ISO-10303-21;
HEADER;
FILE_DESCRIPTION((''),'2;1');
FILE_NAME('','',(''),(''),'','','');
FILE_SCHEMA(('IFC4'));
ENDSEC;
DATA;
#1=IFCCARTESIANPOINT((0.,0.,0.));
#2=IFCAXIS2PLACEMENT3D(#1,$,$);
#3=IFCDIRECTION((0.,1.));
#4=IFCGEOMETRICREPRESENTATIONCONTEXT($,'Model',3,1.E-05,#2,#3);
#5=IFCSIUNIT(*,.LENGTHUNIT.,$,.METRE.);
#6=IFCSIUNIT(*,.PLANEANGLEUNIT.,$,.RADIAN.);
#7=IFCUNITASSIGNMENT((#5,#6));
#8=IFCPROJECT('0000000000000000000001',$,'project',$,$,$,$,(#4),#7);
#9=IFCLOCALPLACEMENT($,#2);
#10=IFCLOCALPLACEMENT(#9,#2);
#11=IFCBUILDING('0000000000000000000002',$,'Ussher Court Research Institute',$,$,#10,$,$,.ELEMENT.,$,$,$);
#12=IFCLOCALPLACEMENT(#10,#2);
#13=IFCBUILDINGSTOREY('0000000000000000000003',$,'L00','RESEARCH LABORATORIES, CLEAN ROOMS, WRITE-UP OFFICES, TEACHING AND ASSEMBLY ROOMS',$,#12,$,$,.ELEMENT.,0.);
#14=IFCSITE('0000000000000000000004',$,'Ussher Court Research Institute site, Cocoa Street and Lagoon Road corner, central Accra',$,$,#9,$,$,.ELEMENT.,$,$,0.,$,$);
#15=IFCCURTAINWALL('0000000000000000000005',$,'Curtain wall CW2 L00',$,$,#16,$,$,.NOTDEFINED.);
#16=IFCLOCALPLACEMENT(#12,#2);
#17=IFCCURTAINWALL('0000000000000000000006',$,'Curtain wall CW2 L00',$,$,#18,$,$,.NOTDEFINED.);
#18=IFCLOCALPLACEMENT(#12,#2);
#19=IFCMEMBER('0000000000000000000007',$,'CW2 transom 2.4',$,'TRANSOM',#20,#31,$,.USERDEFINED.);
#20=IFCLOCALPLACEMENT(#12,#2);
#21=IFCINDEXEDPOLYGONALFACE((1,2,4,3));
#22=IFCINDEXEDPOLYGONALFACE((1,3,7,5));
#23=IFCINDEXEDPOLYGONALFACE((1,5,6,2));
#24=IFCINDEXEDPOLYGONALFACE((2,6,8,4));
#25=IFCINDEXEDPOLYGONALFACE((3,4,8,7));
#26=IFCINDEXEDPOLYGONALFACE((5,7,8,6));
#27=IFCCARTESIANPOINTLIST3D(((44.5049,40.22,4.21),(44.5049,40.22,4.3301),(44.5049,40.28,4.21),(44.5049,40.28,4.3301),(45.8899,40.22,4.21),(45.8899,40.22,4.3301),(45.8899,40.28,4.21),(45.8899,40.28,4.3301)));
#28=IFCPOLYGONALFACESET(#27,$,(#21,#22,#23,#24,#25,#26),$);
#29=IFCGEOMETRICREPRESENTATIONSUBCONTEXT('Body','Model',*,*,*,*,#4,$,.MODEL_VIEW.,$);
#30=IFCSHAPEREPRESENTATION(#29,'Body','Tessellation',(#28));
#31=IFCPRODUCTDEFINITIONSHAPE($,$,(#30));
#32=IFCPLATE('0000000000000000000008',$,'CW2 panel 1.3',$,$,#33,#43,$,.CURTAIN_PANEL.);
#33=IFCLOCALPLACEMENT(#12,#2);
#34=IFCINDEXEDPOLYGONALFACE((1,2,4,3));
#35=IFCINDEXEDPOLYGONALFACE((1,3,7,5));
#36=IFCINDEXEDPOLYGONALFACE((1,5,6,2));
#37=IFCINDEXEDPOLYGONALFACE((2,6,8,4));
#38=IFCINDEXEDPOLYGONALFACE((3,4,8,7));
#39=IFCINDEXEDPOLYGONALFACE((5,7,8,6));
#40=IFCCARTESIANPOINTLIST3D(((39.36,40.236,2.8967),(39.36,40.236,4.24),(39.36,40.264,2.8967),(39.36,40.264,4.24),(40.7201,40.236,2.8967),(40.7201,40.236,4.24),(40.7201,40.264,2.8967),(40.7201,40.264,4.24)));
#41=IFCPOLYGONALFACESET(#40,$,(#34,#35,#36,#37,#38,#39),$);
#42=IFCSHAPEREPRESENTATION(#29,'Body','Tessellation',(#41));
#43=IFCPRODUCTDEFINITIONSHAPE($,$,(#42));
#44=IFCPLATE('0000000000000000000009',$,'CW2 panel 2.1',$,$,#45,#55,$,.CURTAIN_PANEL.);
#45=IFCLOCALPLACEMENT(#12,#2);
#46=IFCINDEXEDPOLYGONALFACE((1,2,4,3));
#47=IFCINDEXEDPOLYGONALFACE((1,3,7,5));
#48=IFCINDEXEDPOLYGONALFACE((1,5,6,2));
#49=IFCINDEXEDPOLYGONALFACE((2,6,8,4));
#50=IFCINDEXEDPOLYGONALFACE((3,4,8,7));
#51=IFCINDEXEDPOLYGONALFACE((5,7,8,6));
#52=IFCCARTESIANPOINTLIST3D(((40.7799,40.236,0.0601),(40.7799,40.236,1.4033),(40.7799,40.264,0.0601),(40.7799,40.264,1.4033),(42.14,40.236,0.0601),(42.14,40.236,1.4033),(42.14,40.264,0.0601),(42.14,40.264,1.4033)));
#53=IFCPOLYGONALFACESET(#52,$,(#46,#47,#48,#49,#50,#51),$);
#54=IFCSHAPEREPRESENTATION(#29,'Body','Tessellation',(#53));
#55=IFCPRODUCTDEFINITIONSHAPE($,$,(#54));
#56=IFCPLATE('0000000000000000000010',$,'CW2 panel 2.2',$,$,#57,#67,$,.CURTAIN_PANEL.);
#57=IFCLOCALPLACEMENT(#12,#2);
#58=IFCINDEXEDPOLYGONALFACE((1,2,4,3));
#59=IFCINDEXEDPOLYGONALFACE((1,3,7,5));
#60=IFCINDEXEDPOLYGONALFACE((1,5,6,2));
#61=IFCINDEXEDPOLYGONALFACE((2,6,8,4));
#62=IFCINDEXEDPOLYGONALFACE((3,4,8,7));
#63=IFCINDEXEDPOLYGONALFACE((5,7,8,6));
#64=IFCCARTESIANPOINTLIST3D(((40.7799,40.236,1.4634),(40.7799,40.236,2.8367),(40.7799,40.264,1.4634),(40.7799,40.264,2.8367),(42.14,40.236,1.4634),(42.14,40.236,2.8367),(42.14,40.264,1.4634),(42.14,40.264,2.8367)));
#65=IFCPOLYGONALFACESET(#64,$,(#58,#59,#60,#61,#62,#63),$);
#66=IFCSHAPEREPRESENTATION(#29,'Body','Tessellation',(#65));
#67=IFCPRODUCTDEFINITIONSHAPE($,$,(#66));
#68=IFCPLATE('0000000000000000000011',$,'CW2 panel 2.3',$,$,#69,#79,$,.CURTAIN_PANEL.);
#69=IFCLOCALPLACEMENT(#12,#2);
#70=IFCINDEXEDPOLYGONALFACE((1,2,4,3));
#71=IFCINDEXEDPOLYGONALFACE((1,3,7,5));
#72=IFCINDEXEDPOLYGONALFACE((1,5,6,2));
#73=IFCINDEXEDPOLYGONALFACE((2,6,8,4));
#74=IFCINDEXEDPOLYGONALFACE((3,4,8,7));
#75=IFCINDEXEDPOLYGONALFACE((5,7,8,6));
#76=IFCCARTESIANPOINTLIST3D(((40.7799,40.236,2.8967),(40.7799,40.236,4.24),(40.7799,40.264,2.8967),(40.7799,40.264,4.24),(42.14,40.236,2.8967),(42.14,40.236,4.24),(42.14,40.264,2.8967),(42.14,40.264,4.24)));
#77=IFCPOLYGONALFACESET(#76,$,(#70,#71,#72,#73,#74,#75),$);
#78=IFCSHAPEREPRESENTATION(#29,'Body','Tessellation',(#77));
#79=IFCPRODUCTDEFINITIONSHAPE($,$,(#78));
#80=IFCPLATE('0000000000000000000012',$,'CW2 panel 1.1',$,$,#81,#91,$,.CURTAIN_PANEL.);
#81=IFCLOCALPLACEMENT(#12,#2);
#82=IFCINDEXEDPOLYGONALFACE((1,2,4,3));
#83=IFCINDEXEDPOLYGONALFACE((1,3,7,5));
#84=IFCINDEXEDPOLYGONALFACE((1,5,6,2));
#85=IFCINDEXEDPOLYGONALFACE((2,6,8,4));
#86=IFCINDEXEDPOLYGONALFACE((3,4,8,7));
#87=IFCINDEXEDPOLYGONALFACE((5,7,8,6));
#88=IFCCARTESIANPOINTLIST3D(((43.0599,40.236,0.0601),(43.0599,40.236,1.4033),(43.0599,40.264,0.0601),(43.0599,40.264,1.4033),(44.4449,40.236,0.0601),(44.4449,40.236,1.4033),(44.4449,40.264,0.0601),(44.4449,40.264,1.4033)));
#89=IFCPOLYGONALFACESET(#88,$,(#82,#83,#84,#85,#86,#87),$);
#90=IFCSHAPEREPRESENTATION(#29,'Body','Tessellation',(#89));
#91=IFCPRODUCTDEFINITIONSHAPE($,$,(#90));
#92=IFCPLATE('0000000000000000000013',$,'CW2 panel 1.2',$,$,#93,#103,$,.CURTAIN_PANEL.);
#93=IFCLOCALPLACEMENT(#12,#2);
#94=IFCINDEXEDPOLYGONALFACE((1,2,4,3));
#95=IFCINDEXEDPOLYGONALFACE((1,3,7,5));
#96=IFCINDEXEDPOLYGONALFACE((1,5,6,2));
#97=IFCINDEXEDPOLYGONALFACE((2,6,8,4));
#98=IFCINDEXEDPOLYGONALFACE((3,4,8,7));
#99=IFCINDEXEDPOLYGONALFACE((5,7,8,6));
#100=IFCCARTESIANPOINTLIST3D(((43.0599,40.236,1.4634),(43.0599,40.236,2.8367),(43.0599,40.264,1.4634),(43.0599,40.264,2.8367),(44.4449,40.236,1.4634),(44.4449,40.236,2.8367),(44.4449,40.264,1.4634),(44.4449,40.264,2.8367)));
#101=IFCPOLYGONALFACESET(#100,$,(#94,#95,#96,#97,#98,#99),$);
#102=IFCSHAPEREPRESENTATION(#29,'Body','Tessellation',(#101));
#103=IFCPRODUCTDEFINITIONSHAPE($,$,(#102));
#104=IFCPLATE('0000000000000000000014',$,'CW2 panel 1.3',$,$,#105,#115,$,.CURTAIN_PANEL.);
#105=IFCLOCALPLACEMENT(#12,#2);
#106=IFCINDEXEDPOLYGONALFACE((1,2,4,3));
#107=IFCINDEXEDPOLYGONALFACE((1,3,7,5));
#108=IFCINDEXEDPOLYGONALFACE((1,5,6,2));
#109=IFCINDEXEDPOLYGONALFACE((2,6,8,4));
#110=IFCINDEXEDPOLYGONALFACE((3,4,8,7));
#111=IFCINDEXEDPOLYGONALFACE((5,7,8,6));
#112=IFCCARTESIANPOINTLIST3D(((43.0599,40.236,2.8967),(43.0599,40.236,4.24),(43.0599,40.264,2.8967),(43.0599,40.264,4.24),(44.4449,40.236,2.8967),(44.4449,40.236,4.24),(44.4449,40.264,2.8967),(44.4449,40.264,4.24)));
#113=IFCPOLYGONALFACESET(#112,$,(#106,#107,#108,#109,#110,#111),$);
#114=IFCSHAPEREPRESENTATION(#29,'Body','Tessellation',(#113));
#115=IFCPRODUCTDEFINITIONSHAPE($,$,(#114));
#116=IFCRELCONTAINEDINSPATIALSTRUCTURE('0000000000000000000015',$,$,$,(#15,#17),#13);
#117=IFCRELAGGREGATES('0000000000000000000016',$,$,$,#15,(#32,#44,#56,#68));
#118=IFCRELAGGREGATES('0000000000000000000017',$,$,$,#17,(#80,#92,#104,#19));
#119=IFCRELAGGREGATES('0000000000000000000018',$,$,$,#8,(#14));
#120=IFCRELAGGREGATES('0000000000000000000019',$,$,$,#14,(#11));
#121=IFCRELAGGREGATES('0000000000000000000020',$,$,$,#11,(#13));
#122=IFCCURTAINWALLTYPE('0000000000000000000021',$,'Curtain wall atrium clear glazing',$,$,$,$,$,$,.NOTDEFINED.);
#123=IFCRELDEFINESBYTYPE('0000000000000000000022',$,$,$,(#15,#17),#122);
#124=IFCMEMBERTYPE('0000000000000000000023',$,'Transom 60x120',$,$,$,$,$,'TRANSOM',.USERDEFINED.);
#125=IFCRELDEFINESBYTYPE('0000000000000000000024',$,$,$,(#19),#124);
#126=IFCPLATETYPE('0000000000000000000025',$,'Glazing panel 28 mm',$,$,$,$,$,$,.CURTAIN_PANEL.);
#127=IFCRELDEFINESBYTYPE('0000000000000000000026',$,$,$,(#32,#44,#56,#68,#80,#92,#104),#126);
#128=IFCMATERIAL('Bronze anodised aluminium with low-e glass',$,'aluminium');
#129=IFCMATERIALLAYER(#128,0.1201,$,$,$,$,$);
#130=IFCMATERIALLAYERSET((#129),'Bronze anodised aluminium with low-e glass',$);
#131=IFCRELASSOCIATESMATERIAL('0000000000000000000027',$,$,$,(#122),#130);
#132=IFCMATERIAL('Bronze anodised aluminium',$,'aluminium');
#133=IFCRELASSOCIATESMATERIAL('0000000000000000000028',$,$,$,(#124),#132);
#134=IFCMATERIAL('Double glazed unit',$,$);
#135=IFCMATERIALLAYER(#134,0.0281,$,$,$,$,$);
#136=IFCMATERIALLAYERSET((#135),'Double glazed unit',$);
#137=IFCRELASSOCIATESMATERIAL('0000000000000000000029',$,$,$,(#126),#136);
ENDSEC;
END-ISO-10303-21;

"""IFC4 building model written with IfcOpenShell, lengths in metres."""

from ifc_helpers import new_model, si_unit, direction, frame, origin, origin_2d, place, context, subcontext, project, spatial, rectangle, extrude, material, layer, layer_set, material_profile, profile_set, type_object, element, aggregate, save


model = new_model("IFC4")

# Units and contexts
model_context = context("Model", 3, precision=1e-05, world=origin(), true_north=direction((0.0, 1.0)))
body_context = subcontext(model_context, "Body", "Model", "MODEL_VIEW")
ifc_project = project(units=[si_unit("LENGTHUNIT", "METRE"), si_unit("PLANEANGLEUNIT", "RADIAN")], contexts=[model_context])

# Site, building, storey
site_placement = place(None, origin())
site = spatial("IfcSite", under=ifc_project, at=site_placement, Name="Ussher Court Research Institute site, Cocoa Street and Lagoon Road corner, central Accra", CompositionType="ELEMENT", RefElevation=0.0)
building_placement = place(site_placement, origin())
building = spatial("IfcBuilding", under=site, at=building_placement, Name="Ussher Court Research Institute", CompositionType="ELEMENT")
storey_placement = place(building_placement, origin())
storey = spatial("IfcBuildingStorey", under=building, at=storey_placement, Name="L00", Description="RESEARCH LABORATORIES, CLEAN ROOMS, WRITE-UP OFFICES, TEACHING AND ASSEMBLY ROOMS", CompositionType="ELEMENT", Elevation=0.0)

# Curtain walls
ifc_material_1 = material(Name="Bronze anodised aluminium with low-e glass", Category="aluminium")
ifc_layer_1 = layer(ifc_material_1, 0.1201)
ifc_layer_set_1 = layer_set([ifc_layer_1], Name="Bronze anodised aluminium with low-e glass")
curtain_wall_type = type_object("IfcCurtainWallType", Name="Curtain wall atrium clear glazing", PredefinedType="NOTDEFINED", material=ifc_layer_set_1)
curtain_wall_1_placement = place(storey_placement, origin())
curtain_wall_1 = element("IfcCurtainWall", 1, at=curtain_wall_1_placement, inside=storey, type_object=curtain_wall_type, Name="Curtain wall CW2 L00", PredefinedType="NOTDEFINED")
curtain_wall_2_placement = place(storey_placement, origin())
curtain_wall_2 = element("IfcCurtainWall", 2, at=curtain_wall_2_placement, inside=storey, type_object=curtain_wall_type, Name="Curtain wall CW2 L00", PredefinedType="NOTDEFINED")

# Member
ifc_material_2 = material(Name="Bronze anodised aluminium", Category="aluminium")
ifc_material_profile_1 = material_profile(ifc_material_2, rectangle(XDim=0.0601, YDim=0.1201, at=origin_2d()), Name="Transom 60x120")
ifc_profile_set_1 = profile_set([ifc_material_profile_1], Name="Bronze anodised aluminium")
member_type_1 = type_object("IfcMemberType", Name="Transom 60x120", ElementType="TRANSOM", PredefinedType="USERDEFINED", material=ifc_profile_set_1)
member_1_placement = place(storey_placement, frame((44.5049, 40.25, 4.27), z_axis=(1.0, 0.0, 0.0), x_axis=(0.0, 1.0, 0.0)))
member_1 = element("IfcMember", 3, at=member_1_placement, type_object=member_type_1, Name="CW2 transom 2.4", ObjectType="TRANSOM", PredefinedType="USERDEFINED", context=body_context, shape_type="SweptSolid", body=[
    extrude(rectangle(XDim=0.0601, YDim=0.1201, at=origin_2d()), origin(), (0.0, 0.0, 1.0), 1.385),
])

# Plates
ifc_material_3 = material(Name="Double glazed unit")
ifc_layer_2 = layer(ifc_material_3, 0.0281)
ifc_layer_set_2 = layer_set([ifc_layer_2], Name="Double glazed unit")
plate_type = type_object("IfcPlateType", Name="Glazing panel 28 mm", PredefinedType="CURTAIN_PANEL", material=ifc_layer_set_2)
plate_1_placement = place(storey_placement, frame((40.04, 40.25, 2.8967), z_axis=(0.0, 0.0, 1.0), x_axis=(1.0, 0.0, 0.0)))
plate_1 = element("IfcPlate", 4, at=plate_1_placement, type_object=plate_type, Name="CW2 panel 1.3", PredefinedType="CURTAIN_PANEL", context=body_context, shape_type="SweptSolid", body=[
    extrude(rectangle(XDim=1.3601, YDim=0.0281, at=origin_2d()), origin(), (0.0, 0.0, 1.0), 1.3433),
])
plate_2_placement = place(storey_placement, frame((41.46, 40.25, 0.0601), z_axis=(0.0, 0.0, 1.0), x_axis=(1.0, 0.0, 0.0)))
plate_2 = element("IfcPlate", 5, at=plate_2_placement, type_object=plate_type, Name="CW2 panel 2.1", PredefinedType="CURTAIN_PANEL", context=body_context, shape_type="SweptSolid", body=[
    extrude(rectangle(XDim=1.3601, YDim=0.0281, at=origin_2d()), origin(), (0.0, 0.0, 1.0), 1.3433),
])
plate_3_placement = place(storey_placement, frame((41.46, 40.25, 1.4634), z_axis=(0.0, 0.0, 1.0), x_axis=(1.0, 0.0, 0.0)))
plate_3 = element("IfcPlate", 6, at=plate_3_placement, type_object=plate_type, Name="CW2 panel 2.2", PredefinedType="CURTAIN_PANEL", context=body_context, shape_type="SweptSolid", body=[
    extrude(rectangle(XDim=1.3601, YDim=0.0281, at=origin_2d()), origin(), (0.0, 0.0, 1.0), 1.3733),
])
plate_4_placement = place(storey_placement, frame((41.46, 40.25, 2.8967), z_axis=(0.0, 0.0, 1.0), x_axis=(1.0, 0.0, 0.0)))
plate_4 = element("IfcPlate", 7, at=plate_4_placement, type_object=plate_type, Name="CW2 panel 2.3", PredefinedType="CURTAIN_PANEL", context=body_context, shape_type="SweptSolid", body=[
    extrude(rectangle(XDim=1.3601, YDim=0.0281, at=origin_2d()), origin(), (0.0, 0.0, 1.0), 1.3433),
])
aggregate(curtain_wall_1, [plate_1, plate_2, plate_3, plate_4])
plate_5_placement = place(storey_placement, frame((43.7524, 40.25, 0.0601), z_axis=(0.0, 0.0, 1.0), x_axis=(1.0, 0.0, 0.0)))
plate_5 = element("IfcPlate", 8, at=plate_5_placement, type_object=plate_type, Name="CW2 panel 1.1", PredefinedType="CURTAIN_PANEL", context=body_context, shape_type="SweptSolid", body=[
    extrude(rectangle(XDim=1.385, YDim=0.0281, at=origin_2d()), origin(), (0.0, 0.0, 1.0), 1.3433),
])
plate_6_placement = place(storey_placement, frame((43.7524, 40.25, 1.4634), z_axis=(0.0, 0.0, 1.0), x_axis=(1.0, 0.0, 0.0)))
plate_6 = element("IfcPlate", 9, at=plate_6_placement, type_object=plate_type, Name="CW2 panel 1.2", PredefinedType="CURTAIN_PANEL", context=body_context, shape_type="SweptSolid", body=[
    extrude(rectangle(XDim=1.385, YDim=0.0281, at=origin_2d()), origin(), (0.0, 0.0, 1.0), 1.3733),
])
plate_7_placement = place(storey_placement, frame((43.7524, 40.25, 2.8967), z_axis=(0.0, 0.0, 1.0), x_axis=(1.0, 0.0, 0.0)))
plate_7 = element("IfcPlate", 10, at=plate_7_placement, type_object=plate_type, Name="CW2 panel 1.3", PredefinedType="CURTAIN_PANEL", context=body_context, shape_type="SweptSolid", body=[
    extrude(rectangle(XDim=1.385, YDim=0.0281, at=origin_2d()), origin(), (0.0, 0.0, 1.0), 1.3433),
])
aggregate(curtain_wall_2, [plate_5, plate_6, plate_7, member_1])

save(model, "model.ifc")
